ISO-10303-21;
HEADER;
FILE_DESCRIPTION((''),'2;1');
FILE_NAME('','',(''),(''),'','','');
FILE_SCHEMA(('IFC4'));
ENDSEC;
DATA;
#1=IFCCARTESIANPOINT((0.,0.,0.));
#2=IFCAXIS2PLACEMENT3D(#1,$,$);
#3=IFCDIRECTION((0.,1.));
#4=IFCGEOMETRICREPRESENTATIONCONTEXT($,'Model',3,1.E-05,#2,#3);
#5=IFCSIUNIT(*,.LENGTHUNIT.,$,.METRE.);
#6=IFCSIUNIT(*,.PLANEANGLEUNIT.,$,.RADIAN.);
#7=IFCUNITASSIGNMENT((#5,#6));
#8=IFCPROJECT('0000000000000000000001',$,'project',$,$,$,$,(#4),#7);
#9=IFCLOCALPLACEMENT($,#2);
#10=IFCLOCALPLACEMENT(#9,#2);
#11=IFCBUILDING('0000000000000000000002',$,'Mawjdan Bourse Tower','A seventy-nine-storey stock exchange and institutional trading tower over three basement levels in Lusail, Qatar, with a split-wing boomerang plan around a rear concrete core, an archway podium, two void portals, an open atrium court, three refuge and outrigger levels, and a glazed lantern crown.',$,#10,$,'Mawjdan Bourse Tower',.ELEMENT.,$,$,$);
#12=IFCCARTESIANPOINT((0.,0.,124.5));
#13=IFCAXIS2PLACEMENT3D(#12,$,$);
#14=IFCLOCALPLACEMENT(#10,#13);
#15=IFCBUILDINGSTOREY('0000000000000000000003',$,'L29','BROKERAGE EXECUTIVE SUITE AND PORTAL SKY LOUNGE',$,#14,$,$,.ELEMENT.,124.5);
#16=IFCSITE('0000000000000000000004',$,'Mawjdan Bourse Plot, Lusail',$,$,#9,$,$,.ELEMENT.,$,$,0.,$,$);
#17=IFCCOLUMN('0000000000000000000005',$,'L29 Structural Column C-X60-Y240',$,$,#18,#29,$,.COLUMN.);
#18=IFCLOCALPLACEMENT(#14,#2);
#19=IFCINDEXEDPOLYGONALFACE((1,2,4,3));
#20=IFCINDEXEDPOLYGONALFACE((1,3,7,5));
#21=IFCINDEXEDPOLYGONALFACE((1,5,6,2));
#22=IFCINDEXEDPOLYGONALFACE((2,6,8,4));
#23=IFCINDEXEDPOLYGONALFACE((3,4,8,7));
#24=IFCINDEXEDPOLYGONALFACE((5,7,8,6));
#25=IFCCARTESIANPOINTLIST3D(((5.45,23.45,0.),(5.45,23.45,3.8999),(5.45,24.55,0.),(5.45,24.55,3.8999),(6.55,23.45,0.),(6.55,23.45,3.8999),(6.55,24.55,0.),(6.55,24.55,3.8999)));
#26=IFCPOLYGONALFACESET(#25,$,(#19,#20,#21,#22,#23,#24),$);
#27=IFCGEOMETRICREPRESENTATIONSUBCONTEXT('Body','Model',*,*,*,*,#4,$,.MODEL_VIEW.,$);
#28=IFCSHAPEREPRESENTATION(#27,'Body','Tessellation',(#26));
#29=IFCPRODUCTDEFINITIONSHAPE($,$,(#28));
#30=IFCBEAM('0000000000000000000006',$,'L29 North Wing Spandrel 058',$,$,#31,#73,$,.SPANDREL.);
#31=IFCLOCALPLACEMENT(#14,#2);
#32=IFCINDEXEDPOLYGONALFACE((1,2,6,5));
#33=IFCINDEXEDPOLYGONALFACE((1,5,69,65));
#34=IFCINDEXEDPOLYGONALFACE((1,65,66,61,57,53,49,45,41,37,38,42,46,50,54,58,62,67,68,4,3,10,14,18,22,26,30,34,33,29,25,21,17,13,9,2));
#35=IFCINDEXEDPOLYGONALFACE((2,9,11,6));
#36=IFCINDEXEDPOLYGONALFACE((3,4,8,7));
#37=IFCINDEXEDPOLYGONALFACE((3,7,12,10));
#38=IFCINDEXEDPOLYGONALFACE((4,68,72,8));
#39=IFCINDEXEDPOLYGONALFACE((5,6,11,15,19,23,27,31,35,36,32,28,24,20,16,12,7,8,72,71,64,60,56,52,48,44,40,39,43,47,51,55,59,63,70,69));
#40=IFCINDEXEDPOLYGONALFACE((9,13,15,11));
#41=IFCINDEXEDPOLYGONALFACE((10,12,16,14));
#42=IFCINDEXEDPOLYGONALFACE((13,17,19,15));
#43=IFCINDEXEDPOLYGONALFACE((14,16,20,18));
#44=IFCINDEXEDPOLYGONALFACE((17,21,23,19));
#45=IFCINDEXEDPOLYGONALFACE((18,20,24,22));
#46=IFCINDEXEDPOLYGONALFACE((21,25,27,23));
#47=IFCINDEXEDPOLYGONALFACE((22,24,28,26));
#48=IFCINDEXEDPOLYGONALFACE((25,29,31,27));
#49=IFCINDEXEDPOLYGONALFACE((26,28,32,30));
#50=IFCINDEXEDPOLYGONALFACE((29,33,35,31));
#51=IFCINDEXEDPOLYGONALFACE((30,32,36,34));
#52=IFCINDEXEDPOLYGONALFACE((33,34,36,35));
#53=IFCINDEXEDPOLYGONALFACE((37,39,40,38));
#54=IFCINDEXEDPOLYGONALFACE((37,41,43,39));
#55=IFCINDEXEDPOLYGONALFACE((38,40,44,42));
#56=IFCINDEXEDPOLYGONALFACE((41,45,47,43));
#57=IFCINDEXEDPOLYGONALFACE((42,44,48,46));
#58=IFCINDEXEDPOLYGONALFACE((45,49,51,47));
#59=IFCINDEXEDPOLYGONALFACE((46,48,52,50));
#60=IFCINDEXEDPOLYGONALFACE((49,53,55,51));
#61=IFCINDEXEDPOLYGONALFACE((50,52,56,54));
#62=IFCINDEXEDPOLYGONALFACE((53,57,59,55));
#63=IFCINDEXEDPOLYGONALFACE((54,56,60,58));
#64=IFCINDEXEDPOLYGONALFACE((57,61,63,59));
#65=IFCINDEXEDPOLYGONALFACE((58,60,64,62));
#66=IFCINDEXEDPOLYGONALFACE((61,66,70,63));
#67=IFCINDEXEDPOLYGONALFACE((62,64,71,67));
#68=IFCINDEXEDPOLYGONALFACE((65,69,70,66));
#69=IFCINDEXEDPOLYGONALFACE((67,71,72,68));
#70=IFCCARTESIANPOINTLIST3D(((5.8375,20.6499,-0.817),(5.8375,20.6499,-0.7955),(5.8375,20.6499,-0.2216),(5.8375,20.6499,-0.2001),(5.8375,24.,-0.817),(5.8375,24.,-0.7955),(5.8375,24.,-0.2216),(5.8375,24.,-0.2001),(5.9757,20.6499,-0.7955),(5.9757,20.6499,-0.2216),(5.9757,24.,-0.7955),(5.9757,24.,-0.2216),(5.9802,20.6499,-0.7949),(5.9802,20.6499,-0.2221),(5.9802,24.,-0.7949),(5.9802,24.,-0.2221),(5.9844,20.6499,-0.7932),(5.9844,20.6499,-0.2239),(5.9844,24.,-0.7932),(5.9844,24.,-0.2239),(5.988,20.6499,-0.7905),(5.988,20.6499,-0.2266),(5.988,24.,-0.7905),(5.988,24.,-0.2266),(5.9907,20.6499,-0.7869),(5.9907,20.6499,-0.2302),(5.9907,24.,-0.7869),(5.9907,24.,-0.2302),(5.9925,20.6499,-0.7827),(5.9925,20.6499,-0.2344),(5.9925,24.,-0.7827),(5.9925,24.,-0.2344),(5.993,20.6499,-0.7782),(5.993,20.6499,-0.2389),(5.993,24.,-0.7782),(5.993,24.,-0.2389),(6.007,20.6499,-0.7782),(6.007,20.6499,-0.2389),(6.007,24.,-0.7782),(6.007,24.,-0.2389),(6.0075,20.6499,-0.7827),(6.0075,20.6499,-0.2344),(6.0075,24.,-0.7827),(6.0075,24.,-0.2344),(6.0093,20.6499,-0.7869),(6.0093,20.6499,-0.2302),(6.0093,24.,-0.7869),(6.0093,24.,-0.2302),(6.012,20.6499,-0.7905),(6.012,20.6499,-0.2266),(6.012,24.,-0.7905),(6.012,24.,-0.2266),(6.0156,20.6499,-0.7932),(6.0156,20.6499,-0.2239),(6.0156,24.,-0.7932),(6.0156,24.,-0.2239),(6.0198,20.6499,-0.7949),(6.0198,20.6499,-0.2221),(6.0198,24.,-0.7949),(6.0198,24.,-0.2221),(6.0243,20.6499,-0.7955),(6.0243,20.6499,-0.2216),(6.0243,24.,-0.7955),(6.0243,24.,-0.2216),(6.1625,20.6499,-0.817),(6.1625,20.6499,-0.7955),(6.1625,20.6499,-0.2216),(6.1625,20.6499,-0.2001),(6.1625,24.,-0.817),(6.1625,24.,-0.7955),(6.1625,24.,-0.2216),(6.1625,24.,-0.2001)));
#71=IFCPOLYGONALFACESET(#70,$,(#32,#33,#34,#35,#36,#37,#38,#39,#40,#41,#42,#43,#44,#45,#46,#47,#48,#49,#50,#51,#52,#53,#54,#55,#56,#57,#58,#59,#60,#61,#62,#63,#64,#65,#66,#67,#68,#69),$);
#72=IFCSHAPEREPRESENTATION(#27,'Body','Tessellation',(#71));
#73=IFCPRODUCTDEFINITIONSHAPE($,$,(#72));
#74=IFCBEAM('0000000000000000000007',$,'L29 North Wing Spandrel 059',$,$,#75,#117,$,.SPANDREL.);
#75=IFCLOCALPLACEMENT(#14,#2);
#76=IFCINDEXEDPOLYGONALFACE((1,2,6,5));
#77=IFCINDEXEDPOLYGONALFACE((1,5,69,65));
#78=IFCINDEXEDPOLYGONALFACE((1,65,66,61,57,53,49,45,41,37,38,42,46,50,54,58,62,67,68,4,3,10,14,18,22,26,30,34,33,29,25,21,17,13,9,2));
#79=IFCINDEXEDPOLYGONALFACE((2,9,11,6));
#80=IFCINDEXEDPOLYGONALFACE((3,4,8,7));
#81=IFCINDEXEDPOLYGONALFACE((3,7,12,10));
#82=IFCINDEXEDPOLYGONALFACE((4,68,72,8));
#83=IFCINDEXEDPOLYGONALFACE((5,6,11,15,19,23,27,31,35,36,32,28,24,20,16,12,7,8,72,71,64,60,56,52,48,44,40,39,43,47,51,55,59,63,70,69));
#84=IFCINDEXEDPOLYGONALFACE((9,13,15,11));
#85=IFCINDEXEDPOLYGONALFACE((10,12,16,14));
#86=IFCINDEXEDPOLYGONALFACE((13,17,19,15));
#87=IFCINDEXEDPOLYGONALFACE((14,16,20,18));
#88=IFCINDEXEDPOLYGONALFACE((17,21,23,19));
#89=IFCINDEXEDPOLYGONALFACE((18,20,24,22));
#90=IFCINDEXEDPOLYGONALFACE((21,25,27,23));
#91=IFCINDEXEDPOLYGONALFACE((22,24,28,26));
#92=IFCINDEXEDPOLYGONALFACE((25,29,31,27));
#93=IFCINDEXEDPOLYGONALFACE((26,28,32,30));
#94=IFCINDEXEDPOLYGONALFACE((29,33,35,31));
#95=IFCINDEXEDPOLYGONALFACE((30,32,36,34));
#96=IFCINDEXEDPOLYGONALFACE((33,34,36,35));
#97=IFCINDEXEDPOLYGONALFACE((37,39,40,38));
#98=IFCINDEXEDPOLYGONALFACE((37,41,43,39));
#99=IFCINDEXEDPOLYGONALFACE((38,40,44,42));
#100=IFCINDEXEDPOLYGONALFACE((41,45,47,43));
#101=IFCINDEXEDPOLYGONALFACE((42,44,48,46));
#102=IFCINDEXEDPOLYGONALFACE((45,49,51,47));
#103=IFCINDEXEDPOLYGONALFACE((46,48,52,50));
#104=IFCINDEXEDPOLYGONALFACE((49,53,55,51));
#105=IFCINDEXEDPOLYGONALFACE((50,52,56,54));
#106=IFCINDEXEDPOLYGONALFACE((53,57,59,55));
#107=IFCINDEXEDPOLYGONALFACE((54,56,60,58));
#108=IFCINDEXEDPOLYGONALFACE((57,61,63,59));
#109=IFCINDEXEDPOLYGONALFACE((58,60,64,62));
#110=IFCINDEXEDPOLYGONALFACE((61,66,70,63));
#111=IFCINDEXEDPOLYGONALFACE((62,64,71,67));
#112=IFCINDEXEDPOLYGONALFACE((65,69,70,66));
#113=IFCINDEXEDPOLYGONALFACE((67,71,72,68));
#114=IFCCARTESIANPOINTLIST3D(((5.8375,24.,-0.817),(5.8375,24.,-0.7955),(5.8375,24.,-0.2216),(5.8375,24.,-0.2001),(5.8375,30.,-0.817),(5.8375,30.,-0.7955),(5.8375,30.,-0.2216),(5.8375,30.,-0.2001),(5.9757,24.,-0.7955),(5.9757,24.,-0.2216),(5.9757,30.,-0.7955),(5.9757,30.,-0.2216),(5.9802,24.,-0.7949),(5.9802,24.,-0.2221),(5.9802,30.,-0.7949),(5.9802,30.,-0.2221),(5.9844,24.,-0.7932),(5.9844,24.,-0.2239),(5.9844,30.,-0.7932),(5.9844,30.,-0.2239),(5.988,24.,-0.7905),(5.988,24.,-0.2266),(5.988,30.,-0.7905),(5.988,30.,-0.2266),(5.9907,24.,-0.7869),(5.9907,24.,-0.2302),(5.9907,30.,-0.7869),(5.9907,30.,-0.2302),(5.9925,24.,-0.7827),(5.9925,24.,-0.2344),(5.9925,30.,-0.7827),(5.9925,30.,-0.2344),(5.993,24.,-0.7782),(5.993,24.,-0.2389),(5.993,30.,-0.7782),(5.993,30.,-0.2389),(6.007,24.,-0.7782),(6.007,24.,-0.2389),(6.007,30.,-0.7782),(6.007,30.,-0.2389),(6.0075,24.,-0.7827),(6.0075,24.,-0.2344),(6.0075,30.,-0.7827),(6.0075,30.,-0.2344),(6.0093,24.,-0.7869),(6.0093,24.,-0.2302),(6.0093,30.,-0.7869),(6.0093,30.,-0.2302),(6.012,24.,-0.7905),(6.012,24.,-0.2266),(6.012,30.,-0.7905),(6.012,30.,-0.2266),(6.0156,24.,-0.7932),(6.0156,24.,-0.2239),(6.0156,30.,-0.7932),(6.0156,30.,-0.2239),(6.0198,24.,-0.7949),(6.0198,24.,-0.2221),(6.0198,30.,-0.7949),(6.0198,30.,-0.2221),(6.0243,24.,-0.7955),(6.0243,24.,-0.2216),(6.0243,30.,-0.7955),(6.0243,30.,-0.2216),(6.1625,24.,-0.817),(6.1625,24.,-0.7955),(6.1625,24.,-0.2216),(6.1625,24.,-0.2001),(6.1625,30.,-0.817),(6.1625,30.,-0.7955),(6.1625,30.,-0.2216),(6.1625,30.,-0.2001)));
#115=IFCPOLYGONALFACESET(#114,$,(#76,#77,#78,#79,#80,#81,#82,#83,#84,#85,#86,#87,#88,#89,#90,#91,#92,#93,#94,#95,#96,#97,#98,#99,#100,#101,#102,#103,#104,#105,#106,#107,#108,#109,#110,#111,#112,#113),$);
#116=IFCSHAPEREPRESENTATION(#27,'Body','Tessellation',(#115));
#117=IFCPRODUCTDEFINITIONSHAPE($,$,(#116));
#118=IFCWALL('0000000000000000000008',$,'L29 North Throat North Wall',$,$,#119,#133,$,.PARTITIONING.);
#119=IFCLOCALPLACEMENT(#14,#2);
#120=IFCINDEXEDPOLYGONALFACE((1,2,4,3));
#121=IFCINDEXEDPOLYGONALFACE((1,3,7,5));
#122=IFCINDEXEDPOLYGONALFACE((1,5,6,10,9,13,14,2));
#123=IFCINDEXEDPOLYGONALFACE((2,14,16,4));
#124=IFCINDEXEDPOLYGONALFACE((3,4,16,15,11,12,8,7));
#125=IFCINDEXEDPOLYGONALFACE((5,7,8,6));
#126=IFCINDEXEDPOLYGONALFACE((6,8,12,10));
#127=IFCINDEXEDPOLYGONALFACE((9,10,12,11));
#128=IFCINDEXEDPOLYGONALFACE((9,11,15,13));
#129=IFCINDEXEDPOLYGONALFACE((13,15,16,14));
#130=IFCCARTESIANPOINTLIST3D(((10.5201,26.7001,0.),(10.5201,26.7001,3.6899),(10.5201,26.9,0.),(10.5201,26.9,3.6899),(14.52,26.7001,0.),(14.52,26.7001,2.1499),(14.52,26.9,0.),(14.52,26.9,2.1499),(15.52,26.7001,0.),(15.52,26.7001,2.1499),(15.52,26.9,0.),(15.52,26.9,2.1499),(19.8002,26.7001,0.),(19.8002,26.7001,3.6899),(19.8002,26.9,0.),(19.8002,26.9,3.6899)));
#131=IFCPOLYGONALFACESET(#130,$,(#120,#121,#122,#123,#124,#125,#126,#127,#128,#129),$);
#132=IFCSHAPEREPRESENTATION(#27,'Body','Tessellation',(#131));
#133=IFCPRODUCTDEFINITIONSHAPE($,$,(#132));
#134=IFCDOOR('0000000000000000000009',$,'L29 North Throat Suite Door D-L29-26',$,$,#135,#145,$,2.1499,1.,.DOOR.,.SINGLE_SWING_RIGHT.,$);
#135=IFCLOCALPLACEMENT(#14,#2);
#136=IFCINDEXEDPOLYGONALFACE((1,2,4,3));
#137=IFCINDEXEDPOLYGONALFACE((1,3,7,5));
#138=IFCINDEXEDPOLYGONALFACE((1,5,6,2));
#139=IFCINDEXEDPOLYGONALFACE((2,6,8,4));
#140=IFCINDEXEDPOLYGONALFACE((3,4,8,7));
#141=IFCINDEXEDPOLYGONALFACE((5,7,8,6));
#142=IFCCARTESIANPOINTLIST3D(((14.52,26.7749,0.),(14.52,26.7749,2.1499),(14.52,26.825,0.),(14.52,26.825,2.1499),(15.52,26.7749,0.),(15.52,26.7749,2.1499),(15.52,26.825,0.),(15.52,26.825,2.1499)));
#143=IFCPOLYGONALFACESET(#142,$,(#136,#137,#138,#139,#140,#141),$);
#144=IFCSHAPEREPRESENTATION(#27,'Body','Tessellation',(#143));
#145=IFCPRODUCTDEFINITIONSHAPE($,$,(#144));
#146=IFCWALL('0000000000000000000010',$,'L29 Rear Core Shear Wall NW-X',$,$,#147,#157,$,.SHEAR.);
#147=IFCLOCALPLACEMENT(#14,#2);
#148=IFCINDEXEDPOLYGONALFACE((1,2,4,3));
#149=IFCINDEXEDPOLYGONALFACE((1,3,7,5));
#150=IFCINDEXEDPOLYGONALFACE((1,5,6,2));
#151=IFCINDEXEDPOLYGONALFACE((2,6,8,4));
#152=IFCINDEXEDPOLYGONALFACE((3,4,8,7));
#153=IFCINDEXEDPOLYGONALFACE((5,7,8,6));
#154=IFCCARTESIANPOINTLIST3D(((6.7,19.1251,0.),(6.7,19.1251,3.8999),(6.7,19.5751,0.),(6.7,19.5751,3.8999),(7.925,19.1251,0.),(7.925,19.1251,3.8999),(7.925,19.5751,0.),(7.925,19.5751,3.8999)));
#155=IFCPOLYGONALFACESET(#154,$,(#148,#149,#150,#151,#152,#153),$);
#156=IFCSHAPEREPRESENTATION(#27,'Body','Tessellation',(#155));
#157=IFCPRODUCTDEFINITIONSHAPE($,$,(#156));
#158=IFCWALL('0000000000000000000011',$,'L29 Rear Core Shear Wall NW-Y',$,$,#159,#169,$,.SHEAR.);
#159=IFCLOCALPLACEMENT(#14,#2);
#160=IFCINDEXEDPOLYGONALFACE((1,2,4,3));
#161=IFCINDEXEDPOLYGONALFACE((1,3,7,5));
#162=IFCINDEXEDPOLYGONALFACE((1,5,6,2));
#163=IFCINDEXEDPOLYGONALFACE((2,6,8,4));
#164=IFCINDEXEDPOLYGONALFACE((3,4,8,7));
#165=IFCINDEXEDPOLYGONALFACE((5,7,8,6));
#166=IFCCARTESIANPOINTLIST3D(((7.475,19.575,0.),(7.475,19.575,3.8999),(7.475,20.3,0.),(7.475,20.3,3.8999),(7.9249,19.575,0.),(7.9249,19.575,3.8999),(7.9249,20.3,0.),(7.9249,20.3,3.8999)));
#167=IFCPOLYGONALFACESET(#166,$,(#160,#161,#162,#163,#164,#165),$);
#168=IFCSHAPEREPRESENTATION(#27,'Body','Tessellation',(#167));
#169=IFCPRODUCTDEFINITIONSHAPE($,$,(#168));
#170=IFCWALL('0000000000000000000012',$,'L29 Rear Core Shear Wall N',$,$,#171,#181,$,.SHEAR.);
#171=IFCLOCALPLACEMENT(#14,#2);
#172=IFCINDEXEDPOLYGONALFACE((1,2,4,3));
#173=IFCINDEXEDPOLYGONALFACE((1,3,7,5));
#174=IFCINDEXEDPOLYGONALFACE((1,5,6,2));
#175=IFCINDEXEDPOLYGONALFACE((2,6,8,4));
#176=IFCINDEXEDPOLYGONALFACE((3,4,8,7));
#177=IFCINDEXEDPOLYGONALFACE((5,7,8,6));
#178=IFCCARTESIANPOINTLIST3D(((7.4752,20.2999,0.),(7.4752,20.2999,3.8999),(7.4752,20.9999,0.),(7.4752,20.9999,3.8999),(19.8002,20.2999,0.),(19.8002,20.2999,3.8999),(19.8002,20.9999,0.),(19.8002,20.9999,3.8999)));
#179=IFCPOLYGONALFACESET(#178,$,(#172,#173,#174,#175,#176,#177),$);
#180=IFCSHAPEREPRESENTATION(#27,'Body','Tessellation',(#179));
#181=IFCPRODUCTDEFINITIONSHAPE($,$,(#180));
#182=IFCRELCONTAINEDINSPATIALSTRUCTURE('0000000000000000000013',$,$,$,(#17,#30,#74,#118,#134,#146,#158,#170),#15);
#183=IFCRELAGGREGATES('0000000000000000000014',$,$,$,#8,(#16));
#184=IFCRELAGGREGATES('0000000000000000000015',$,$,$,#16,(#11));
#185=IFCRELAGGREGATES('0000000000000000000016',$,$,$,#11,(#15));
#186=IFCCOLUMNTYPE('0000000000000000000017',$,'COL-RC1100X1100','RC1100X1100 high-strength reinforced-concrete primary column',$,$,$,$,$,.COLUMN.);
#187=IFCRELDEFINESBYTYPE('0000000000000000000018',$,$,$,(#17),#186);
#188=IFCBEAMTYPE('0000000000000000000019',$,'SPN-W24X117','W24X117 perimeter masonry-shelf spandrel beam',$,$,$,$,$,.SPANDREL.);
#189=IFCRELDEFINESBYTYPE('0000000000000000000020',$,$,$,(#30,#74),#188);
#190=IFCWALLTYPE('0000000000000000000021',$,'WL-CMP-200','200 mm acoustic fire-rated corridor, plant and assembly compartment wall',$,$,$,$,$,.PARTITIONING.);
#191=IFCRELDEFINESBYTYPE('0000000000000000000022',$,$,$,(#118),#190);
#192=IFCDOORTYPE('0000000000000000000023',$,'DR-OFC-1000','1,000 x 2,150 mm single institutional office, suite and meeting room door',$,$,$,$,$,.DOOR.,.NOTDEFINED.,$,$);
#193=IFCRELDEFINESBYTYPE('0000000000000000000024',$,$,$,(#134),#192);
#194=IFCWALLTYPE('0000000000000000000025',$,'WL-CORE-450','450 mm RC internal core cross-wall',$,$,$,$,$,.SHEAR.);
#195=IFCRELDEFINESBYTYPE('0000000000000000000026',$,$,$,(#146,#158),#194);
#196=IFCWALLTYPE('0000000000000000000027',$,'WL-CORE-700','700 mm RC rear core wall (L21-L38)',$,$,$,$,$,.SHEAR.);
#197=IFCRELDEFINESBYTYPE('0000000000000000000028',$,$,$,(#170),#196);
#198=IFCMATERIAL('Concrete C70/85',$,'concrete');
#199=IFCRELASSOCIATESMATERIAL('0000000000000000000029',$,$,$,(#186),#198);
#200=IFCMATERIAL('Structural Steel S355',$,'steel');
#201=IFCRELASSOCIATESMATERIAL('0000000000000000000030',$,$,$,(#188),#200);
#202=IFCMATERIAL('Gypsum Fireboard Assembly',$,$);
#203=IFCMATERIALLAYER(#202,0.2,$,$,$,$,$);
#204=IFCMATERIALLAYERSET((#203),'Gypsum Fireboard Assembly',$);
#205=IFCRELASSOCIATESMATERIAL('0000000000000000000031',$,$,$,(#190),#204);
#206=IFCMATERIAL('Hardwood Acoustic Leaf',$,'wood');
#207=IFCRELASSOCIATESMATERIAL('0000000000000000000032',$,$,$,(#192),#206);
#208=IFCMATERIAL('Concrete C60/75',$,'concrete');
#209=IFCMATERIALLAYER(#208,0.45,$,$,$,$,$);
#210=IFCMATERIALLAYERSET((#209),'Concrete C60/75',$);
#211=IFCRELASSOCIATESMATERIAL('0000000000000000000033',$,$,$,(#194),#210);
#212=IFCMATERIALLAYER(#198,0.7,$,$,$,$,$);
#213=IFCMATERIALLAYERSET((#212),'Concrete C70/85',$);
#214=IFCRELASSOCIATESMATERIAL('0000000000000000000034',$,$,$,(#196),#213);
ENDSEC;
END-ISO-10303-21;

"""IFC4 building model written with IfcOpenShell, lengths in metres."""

from ifc_helpers import new_model, si_unit, direction, frame, frame_2d, origin, origin_2d, place, context, subcontext, project, spatial, rectangle, i_section, extrude, material, layer, layer_set, material_profile, profile_set, type_object, element, fill, save


model = new_model("IFC4")

# Units and contexts
model_context = context("Model", 3, precision=1e-05, world=origin(), true_north=direction((0.0, 1.0)))
body_context = subcontext(model_context, "Body", "Model", "MODEL_VIEW")
ifc_project = project(units=[si_unit("LENGTHUNIT", "METRE"), si_unit("PLANEANGLEUNIT", "RADIAN")], contexts=[model_context])

# Site, building, storey
site_placement = place(None, origin())
site = spatial("IfcSite", under=ifc_project, at=site_placement, Name="Mawjdan Bourse Plot, Lusail", CompositionType="ELEMENT", RefElevation=0.0)
building_placement = place(site_placement, origin())
building = spatial("IfcBuilding", under=site, at=building_placement, Name="Mawjdan Bourse Tower", Description="A seventy-nine-storey stock exchange and institutional trading tower over three basement levels in Lusail, Qatar, with a split-wing boomerang plan around a rear concrete core, an archway podium, two void portals, an open atrium court, three refuge and outrigger levels, and a glazed lantern crown.", LongName="Mawjdan Bourse Tower", CompositionType="ELEMENT")
storey_placement = place(building_placement, frame((0.0, 0.0, 124.5)))
storey = spatial("IfcBuildingStorey", under=building, at=storey_placement, Name="L29", Description="BROKERAGE EXECUTIVE SUITE AND PORTAL SKY LOUNGE", CompositionType="ELEMENT", Elevation=124.5)

# Column
ifc_material_1 = material(Name="Concrete C70/85", Category="concrete")
ifc_material_profile_1 = material_profile(ifc_material_1, rectangle(XDim=1.1001, YDim=1.1001, at=origin_2d()), Name="RC1100X1100")
ifc_profile_set_1 = profile_set([ifc_material_profile_1], Name="Concrete C70/85")
column_type = type_object("IfcColumnType", Name="COL-RC1100X1100", Description="RC1100X1100 high-strength reinforced-concrete primary column", PredefinedType="COLUMN", material=ifc_profile_set_1)
column_placement = place(storey_placement, frame((6.0, 24.0, 0.0), z_axis=(0.0, 0.0, 1.0), x_axis=(1.0, 0.0, 0.0)))
element("IfcColumn", 1, at=column_placement, inside=storey, type_object=column_type, Name="L29 Structural Column C-X60-Y240", PredefinedType="COLUMN", context=body_context, shape_type="SweptSolid", body=[
    extrude(rectangle(XDim=1.1001, YDim=1.1001, at=origin_2d()), origin(), (0.0, 0.0, 1.0), 3.8999),
])

# Beams
ifc_material_2 = material(Name="Structural Steel S355", Category="steel")
ifc_material_profile_2 = material_profile(ifc_material_2, i_section(OverallWidth=0.325, OverallDepth=0.6169, WebThickness=0.0139, FlangeThickness=0.0215, FilletRadius=0.0173, at=origin_2d()), Name="W24X117")
ifc_profile_set_2 = profile_set([ifc_material_profile_2], Name="Structural Steel S355")
beam_type = type_object("IfcBeamType", Name="SPN-W24X117", Description="W24X117 perimeter masonry-shelf spandrel beam", PredefinedType="SPANDREL", material=ifc_profile_set_2)
beam_1_placement = place(storey_placement, frame((6.0, 20.6499, -0.5085), z_axis=(0.0, 1.0, 0.0), x_axis=(-1.0, 0.0, 0.0)))
element("IfcBeam", 2, at=beam_1_placement, inside=storey, type_object=beam_type, Name="L29 North Wing Spandrel 058", PredefinedType="SPANDREL", context=body_context, shape_type="SweptSolid", body=[
    extrude(i_section(OverallWidth=0.325, OverallDepth=0.6169, WebThickness=0.0139, FlangeThickness=0.0215, FilletRadius=0.0173, at=origin_2d()), origin(), (0.0, 0.0, 1.0), 3.3501),
])
beam_2_placement = place(storey_placement, frame((6.0, 24.0, -0.5085), z_axis=(0.0, 1.0, 0.0), x_axis=(-1.0, 0.0, 0.0)))
element("IfcBeam", 3, at=beam_2_placement, inside=storey, type_object=beam_type, Name="L29 North Wing Spandrel 059", PredefinedType="SPANDREL", context=body_context, shape_type="SweptSolid", body=[
    extrude(i_section(OverallWidth=0.325, OverallDepth=0.6169, WebThickness=0.0139, FlangeThickness=0.0215, FilletRadius=0.0173, at=origin_2d()), origin(), (0.0, 0.0, 1.0), 6.0),
])

# Wall, opening, door
ifc_material_3 = material(Name="Gypsum Fireboard Assembly")
ifc_layer_1 = layer(ifc_material_3, 0.2)
ifc_layer_set_1 = layer_set([ifc_layer_1], Name="Gypsum Fireboard Assembly")
wall_type_1 = type_object("IfcWallType", Name="WL-CMP-200", Description="200 mm acoustic fire-rated corridor, plant and assembly compartment wall", PredefinedType="PARTITIONING", material=ifc_layer_set_1)
wall_1_placement = place(storey_placement, frame((10.52, 26.8, 0.0), z_axis=(0.0, 0.0, 1.0), x_axis=(1.0, 0.0, 0.0)))
wall_1 = element("IfcWall", 4, at=wall_1_placement, inside=storey, type_object=wall_type_1, Name="L29 North Throat North Wall", PredefinedType="PARTITIONING", context=body_context, shape_type="SweptSolid", body=[
    extrude(rectangle(XDim=9.28, YDim=0.2, at=frame_2d((4.6401, 0.0))), origin(), (0.0, 0.0, 1.0), 3.6899),
])
opening_1_placement = place(wall_1_placement, frame((4.0, 0.0, 0.0)))
opening_1 = element("IfcOpeningElement", 5, at=opening_1_placement, cuts=wall_1, PredefinedType="OPENING", context=body_context, shape_type="SweptSolid", body=[
    extrude(rectangle(XDim=1.0, YDim=2.1499, at=frame_2d((0.5, 1.075))), frame((0.0, 0.1099, 0.0), z_axis=(0.0, -1.0, 0.0), x_axis=(1.0, 0.0, 0.0)), (0.0, 0.0, 1.0), 0.22),
])
ifc_material_4 = material(Name="Hardwood Acoustic Leaf", Category="wood")
door_type_1 = type_object("IfcDoorType", Name="DR-OFC-1000", Description="1,000 x 2,150 mm single institutional office, suite and meeting room door", OperationType="NOTDEFINED", PredefinedType="DOOR", material=ifc_material_4)
door_1_placement = place(opening_1_placement, origin())
door_1 = element("IfcDoor", 6, at=door_1_placement, inside=storey, type_object=door_type_1, Name="L29 North Throat Suite Door D-L29-26", OperationType="SINGLE_SWING_RIGHT", OverallHeight=2.1499, OverallWidth=1.0, PredefinedType="DOOR", context=body_context, shape_type="SweptSolid", body=[
    extrude(rectangle(XDim=1.0, YDim=2.1499, at=frame_2d((0.5, 1.075))), frame((0.0, 0.0249, 0.0), z_axis=(0.0, -1.0, 0.0), x_axis=(1.0, 0.0, 0.0)), (0.0, 0.0, 1.0), 0.05),
])
fill(opening_1, door_1)

# Walls
ifc_material_5 = material(Name="Concrete C60/75", Category="concrete")
ifc_layer_2 = layer(ifc_material_5, 0.45)
ifc_layer_set_2 = layer_set([ifc_layer_2], Name="Concrete C60/75")
wall_type_2 = type_object("IfcWallType", Name="WL-CORE-450", Description="450 mm RC internal core cross-wall", PredefinedType="SHEAR", material=ifc_layer_set_2)
wall_2_placement = place(storey_placement, frame((6.7, 19.3501, 0.0), z_axis=(0.0, 0.0, 1.0), x_axis=(1.0, 0.0, 0.0)))
element("IfcWall", 7, at=wall_2_placement, inside=storey, type_object=wall_type_2, Name="L29 Rear Core Shear Wall NW-X", PredefinedType="SHEAR", context=body_context, shape_type="SweptSolid", body=[
    extrude(rectangle(XDim=1.2251, YDim=0.45, at=frame_2d((0.6125, 0.0))), origin(), (0.0, 0.0, 1.0), 3.8999),
])
wall_3_placement = place(storey_placement, frame((7.7, 19.575, 0.0), z_axis=(0.0, 0.0, 1.0), x_axis=(0.0, 1.0, 0.0)))
element("IfcWall", 8, at=wall_3_placement, inside=storey, type_object=wall_type_2, Name="L29 Rear Core Shear Wall NW-Y", PredefinedType="SHEAR", context=body_context, shape_type="SweptSolid", body=[
    extrude(rectangle(XDim=0.7251, YDim=0.45, at=frame_2d((0.3625, 0.0))), origin(), (0.0, 0.0, 1.0), 3.8999),
])
ifc_layer_3 = layer(ifc_material_1, 0.7)
ifc_layer_set_3 = layer_set([ifc_layer_3], Name="Concrete C70/85")
wall_type_3 = type_object("IfcWallType", Name="WL-CORE-700", Description="700 mm RC rear core wall (L21-L38)", PredefinedType="SHEAR", material=ifc_layer_set_3)
wall_4_placement = place(storey_placement, frame((7.4751, 20.6499, 0.0), z_axis=(0.0, 0.0, 1.0), x_axis=(1.0, 0.0, 0.0)))
element("IfcWall", 9, at=wall_4_placement, inside=storey, type_object=wall_type_3, Name="L29 Rear Core Shear Wall N", PredefinedType="SHEAR", context=body_context, shape_type="SweptSolid", body=[
    extrude(rectangle(XDim=12.325, YDim=0.7, at=frame_2d((6.1626, 0.0))), origin(), (0.0, 0.0, 1.0), 3.8999),
])

save(model, "model.ifc")
